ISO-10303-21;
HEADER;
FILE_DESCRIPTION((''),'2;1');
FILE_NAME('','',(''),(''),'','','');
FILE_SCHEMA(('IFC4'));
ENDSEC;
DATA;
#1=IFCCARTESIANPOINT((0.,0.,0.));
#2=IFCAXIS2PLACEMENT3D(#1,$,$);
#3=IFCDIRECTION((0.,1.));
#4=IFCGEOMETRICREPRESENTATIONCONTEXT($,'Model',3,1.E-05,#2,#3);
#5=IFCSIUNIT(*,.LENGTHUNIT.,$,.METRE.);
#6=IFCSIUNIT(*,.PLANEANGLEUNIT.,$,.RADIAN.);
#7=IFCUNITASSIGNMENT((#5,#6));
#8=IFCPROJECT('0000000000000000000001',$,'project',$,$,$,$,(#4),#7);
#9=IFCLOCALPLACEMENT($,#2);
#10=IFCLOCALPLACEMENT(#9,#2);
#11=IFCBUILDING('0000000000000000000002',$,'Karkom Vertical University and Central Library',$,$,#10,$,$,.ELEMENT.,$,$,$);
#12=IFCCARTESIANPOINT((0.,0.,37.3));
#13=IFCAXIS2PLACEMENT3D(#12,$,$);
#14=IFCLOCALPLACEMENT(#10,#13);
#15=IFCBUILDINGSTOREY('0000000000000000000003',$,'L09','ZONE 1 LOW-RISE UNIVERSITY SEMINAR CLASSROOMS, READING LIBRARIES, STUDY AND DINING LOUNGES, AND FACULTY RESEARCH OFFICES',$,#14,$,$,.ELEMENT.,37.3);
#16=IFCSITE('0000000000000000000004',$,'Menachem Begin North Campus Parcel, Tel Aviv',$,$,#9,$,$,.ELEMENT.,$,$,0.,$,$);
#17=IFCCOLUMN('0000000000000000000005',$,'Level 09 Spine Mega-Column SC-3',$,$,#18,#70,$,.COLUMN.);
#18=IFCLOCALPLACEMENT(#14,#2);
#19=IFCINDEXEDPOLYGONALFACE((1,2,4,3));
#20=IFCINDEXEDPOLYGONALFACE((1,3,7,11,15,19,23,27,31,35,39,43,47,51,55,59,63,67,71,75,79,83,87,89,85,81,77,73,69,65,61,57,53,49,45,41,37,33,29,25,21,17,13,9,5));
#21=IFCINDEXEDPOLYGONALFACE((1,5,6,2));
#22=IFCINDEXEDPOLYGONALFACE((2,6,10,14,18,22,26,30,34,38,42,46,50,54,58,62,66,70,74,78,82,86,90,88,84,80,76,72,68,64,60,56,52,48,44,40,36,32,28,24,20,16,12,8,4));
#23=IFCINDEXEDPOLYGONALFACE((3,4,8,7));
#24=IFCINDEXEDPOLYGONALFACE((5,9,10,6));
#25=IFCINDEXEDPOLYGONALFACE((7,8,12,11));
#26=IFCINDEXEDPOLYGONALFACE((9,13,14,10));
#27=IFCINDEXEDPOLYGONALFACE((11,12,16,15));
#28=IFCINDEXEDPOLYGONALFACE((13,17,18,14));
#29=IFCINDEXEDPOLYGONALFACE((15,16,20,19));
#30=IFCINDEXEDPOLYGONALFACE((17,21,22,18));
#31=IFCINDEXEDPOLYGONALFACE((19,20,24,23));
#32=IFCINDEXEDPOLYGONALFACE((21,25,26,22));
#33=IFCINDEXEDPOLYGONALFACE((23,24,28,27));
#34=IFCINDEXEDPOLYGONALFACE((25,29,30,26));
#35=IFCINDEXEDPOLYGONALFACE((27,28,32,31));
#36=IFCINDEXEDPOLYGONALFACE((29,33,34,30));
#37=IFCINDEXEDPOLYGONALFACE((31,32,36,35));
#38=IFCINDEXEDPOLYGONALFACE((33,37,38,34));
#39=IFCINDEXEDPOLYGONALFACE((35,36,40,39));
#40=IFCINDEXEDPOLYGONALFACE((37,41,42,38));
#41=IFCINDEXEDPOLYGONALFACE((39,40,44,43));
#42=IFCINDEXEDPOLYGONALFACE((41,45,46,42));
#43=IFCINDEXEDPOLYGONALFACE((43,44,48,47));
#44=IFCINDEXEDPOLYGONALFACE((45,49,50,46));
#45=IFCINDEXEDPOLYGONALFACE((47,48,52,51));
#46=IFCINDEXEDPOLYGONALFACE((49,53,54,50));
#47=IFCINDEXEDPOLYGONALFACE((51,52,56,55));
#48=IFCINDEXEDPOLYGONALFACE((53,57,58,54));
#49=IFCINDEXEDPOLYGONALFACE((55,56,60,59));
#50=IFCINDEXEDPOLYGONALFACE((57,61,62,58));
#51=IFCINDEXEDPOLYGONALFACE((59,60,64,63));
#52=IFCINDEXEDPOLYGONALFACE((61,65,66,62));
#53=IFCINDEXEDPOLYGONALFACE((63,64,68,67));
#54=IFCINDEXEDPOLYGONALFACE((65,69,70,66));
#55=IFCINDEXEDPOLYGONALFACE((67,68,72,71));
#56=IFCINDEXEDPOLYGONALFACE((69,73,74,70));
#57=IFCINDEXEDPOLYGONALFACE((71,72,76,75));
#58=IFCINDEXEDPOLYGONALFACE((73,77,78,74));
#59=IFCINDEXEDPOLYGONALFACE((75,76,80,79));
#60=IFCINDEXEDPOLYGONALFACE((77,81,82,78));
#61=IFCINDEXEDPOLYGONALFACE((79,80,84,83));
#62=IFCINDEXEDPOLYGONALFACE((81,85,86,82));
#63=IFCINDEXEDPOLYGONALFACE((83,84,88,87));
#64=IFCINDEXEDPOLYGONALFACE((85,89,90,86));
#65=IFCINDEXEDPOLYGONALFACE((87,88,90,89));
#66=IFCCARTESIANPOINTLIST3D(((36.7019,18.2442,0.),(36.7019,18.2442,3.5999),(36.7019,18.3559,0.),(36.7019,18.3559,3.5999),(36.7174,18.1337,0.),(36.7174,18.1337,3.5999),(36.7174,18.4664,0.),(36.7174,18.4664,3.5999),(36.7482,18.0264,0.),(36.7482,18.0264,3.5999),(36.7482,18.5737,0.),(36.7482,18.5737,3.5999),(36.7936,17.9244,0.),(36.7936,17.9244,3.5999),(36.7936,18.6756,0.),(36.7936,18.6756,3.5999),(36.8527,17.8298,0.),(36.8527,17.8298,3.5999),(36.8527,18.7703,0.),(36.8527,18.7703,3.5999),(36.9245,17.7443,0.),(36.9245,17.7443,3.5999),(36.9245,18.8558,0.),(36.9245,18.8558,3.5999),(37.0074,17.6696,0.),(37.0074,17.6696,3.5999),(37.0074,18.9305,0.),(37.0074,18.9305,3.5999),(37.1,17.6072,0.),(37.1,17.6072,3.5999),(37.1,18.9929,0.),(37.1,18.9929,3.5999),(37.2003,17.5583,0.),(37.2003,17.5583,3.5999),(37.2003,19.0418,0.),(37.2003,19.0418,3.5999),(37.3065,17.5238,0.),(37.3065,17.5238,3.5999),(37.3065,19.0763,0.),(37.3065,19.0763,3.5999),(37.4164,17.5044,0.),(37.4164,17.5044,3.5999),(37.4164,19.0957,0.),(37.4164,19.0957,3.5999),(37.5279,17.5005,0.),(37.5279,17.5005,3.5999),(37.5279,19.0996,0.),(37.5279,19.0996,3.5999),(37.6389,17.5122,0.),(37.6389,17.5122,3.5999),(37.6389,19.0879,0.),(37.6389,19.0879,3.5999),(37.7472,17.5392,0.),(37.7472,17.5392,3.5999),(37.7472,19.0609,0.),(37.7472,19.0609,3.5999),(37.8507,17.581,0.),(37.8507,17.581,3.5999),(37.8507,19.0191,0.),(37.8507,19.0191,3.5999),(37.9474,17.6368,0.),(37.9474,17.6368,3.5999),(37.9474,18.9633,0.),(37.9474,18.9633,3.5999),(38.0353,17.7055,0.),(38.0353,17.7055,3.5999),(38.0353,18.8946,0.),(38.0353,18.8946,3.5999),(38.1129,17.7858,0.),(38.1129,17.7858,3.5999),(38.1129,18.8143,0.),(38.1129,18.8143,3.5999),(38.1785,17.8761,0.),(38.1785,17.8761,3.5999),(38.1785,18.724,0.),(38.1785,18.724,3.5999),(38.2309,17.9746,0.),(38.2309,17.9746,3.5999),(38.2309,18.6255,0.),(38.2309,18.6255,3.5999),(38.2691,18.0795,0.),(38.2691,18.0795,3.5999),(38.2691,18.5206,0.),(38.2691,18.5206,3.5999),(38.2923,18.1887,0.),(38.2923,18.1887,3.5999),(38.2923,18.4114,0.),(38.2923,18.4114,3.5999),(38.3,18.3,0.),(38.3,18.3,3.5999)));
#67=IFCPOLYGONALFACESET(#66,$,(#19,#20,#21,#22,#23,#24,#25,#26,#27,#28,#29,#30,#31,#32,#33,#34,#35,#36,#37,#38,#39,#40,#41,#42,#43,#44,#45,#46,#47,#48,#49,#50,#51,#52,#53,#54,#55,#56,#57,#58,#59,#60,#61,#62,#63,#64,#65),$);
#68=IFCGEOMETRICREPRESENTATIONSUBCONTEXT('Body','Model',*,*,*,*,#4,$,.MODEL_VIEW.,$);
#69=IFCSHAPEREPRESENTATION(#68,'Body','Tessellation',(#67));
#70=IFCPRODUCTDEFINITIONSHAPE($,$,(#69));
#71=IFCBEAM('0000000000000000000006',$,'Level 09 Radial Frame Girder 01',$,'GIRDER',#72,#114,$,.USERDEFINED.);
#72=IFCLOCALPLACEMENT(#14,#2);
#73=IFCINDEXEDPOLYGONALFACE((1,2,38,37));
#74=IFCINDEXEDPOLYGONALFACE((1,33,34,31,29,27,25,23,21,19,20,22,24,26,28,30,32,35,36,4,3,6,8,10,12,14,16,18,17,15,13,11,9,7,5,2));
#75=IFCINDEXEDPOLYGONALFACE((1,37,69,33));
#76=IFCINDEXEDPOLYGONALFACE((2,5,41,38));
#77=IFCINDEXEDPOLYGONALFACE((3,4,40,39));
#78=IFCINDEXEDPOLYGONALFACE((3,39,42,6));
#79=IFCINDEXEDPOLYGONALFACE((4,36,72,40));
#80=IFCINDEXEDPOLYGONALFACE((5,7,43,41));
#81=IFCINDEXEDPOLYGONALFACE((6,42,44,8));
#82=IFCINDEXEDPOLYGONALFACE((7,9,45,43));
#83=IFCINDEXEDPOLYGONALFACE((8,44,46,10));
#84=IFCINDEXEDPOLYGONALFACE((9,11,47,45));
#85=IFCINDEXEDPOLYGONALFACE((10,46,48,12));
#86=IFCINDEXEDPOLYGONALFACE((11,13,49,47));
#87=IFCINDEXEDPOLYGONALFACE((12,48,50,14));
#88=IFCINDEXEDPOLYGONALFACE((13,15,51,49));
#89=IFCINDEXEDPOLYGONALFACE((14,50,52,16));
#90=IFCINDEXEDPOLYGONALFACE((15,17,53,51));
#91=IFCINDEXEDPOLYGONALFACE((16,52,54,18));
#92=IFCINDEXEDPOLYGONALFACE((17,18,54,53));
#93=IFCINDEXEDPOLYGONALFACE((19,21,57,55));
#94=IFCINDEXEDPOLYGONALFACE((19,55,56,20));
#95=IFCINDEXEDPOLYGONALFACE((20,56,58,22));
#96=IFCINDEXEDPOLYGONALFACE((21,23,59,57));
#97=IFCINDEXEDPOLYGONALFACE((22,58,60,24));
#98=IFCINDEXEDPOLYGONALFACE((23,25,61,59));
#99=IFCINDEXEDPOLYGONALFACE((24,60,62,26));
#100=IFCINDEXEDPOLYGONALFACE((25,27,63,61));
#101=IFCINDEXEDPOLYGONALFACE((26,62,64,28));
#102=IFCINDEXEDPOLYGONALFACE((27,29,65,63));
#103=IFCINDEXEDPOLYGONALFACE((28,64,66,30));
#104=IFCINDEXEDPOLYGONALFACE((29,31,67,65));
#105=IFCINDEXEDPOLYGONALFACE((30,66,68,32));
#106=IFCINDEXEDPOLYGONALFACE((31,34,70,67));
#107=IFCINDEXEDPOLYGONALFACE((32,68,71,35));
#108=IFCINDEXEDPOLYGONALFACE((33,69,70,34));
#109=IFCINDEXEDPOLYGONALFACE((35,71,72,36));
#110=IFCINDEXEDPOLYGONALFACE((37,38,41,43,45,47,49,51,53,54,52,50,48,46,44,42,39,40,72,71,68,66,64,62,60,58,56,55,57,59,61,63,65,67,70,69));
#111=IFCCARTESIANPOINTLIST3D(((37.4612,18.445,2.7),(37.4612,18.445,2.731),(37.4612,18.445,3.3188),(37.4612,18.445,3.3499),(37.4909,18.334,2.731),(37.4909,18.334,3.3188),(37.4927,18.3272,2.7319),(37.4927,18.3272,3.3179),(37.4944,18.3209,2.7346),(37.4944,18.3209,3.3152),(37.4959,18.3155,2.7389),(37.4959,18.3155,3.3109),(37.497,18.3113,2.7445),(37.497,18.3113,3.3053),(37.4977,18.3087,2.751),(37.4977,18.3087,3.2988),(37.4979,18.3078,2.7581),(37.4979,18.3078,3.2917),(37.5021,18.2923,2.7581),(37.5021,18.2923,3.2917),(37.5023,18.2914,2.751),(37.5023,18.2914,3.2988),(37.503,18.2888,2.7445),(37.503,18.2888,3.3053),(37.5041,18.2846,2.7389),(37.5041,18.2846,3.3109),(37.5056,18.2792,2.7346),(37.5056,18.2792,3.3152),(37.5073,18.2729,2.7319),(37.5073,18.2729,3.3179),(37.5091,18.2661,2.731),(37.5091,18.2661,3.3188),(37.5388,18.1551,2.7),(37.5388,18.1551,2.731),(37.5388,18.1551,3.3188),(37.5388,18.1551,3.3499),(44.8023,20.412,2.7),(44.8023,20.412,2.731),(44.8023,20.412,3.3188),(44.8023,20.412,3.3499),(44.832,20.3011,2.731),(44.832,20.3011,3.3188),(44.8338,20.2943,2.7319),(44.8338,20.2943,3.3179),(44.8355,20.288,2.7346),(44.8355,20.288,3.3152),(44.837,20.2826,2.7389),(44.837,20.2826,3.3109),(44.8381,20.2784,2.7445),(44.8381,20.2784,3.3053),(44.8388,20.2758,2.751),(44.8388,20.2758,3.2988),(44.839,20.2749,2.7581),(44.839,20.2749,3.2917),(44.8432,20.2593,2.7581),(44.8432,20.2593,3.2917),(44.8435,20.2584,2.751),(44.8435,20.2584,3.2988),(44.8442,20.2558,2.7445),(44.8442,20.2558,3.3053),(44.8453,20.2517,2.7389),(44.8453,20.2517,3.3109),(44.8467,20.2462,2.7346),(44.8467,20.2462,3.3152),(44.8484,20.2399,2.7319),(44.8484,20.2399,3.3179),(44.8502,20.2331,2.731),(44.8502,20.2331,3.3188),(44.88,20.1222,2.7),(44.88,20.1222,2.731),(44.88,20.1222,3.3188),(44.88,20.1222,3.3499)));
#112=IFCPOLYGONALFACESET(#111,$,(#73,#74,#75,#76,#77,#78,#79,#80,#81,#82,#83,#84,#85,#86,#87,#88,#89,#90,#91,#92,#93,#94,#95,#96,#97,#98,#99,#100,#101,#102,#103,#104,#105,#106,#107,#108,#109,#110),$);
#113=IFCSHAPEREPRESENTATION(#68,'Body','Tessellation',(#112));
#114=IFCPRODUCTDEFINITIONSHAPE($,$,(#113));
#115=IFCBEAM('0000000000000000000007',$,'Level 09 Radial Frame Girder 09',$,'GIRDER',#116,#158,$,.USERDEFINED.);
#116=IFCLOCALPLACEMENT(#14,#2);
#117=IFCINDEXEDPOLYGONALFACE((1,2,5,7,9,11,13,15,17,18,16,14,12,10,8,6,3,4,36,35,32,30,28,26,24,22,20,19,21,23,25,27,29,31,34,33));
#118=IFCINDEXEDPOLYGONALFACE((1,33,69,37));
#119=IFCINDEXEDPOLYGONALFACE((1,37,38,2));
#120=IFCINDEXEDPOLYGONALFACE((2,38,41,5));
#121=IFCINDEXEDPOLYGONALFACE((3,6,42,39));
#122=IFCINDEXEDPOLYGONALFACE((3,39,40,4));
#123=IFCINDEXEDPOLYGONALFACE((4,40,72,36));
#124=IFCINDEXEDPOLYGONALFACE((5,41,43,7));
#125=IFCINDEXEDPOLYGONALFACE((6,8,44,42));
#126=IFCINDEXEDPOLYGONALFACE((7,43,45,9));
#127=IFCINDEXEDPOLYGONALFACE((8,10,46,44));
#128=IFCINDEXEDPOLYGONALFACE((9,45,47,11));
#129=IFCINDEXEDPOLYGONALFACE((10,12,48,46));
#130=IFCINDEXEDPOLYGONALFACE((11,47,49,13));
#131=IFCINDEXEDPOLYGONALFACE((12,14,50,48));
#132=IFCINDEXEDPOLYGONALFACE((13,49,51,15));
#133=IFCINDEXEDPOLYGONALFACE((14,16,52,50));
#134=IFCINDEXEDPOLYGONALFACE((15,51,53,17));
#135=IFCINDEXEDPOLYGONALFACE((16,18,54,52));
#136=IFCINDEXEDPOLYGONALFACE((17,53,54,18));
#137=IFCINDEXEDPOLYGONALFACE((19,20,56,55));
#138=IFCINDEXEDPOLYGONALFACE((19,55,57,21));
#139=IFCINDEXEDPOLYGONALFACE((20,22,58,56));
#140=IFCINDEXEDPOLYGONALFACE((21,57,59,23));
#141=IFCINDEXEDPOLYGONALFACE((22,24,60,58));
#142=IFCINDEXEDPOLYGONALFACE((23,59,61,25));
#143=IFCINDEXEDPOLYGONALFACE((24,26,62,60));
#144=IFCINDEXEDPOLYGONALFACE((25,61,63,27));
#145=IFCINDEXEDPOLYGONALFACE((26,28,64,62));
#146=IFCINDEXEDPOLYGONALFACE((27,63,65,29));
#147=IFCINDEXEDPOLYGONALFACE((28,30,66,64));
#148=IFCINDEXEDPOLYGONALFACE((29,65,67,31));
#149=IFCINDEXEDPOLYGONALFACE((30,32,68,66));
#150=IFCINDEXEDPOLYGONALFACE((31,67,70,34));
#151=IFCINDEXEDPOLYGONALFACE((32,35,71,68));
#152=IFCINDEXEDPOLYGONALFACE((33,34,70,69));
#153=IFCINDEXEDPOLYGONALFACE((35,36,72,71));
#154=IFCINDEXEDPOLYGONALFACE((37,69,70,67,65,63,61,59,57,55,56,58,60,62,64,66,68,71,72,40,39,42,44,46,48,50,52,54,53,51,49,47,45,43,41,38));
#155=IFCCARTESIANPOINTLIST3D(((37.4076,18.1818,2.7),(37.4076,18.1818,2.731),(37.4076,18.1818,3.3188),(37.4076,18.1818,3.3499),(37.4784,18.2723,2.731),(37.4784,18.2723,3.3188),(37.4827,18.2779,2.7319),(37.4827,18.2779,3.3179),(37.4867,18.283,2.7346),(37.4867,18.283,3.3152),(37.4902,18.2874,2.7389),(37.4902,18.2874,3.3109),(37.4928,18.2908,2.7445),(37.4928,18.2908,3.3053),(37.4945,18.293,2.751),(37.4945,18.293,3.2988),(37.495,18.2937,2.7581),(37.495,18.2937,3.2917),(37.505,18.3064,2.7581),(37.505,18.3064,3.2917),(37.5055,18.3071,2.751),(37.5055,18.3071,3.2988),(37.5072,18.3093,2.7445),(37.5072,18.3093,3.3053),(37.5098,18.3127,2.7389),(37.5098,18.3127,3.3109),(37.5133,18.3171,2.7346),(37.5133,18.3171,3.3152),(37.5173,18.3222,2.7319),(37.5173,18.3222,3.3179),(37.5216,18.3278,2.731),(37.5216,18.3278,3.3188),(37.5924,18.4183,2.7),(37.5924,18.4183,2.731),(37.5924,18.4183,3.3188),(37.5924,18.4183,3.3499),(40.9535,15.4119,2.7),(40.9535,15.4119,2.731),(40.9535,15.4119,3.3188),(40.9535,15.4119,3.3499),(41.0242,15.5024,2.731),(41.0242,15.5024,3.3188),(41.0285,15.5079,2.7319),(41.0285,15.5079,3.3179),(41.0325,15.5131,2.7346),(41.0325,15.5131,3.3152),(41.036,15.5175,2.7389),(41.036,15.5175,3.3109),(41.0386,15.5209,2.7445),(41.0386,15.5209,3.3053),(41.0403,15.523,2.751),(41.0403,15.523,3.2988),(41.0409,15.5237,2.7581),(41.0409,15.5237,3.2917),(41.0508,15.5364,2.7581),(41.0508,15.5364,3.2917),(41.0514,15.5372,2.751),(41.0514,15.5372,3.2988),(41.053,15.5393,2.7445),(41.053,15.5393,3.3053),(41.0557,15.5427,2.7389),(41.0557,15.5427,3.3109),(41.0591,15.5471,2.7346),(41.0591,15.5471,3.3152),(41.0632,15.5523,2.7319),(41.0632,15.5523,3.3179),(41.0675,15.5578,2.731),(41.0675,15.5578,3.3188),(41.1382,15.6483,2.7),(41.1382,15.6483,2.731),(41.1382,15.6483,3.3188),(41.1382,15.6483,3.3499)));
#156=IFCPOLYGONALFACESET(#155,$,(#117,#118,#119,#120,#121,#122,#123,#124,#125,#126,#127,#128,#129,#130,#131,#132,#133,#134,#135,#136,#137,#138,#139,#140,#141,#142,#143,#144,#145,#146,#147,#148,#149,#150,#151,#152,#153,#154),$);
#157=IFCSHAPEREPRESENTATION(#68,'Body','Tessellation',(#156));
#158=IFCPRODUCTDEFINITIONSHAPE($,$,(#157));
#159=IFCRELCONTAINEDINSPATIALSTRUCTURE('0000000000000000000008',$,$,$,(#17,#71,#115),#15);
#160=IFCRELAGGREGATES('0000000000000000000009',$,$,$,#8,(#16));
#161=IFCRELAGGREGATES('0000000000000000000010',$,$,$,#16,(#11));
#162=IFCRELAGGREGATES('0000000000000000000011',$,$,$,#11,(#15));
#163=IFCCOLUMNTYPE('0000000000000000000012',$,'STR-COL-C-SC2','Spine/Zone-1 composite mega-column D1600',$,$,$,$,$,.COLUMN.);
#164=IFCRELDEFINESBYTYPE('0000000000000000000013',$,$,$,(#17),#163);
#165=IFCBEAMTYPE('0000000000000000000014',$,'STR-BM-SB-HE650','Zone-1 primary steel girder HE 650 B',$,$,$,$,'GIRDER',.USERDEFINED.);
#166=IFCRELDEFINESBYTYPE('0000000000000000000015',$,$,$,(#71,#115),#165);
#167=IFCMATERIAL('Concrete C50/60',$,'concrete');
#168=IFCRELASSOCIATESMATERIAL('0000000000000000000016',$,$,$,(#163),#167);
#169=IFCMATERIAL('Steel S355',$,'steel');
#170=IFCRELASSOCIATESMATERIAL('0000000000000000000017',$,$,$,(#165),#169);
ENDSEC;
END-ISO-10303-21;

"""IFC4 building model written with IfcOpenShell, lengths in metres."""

from ifc_helpers import new_model, si_unit, direction, frame, origin, origin_with_axes, origin_2d, place, context, subcontext, project, spatial, circle, i_section, extrude, source, transform, mapped, material, material_profile, profile_set, type_object, element, save


model = new_model("IFC4")

# Units and contexts
model_context = context("Model", 3, precision=1e-05, world=origin(), true_north=direction((0.0, 1.0)))
body_context = subcontext(model_context, "Body", "Model", "MODEL_VIEW")
ifc_project = project(units=[si_unit("LENGTHUNIT", "METRE"), si_unit("PLANEANGLEUNIT", "RADIAN")], contexts=[model_context])

# Site, building, storey
site_placement = place(None, origin())
site = spatial("IfcSite", under=ifc_project, at=site_placement, Name="Menachem Begin North Campus Parcel, Tel Aviv", CompositionType="ELEMENT", RefElevation=0.0)
building_placement = place(site_placement, origin())
building = spatial("IfcBuilding", under=site, at=building_placement, Name="Karkom Vertical University and Central Library", CompositionType="ELEMENT")
storey_placement = place(building_placement, frame((0.0, 0.0, 37.3)))
storey = spatial("IfcBuildingStorey", under=building, at=storey_placement, Name="L09", Description="ZONE 1 LOW-RISE UNIVERSITY SEMINAR CLASSROOMS, READING LIBRARIES, STUDY AND DINING LOUNGES, AND FACULTY RESEARCH OFFICES", CompositionType="ELEMENT", Elevation=37.3)

# Column
ifc_material_1 = material(Name="Concrete C50/60", Category="concrete")
ifc_material_profile_1 = material_profile(ifc_material_1, circle(Radius=0.8, at=origin_2d()), Name="CFT-D1600")
ifc_profile_set_1 = profile_set([ifc_material_profile_1], Name="Concrete C50/60")
column_type = type_object("IfcColumnType", Name="STR-COL-C-SC2", Description="Spine/Zone-1 composite mega-column D1600", PredefinedType="COLUMN", material=ifc_profile_set_1)
shared_shape_1 = source(origin_with_axes(), body_context, "Body", "SweptSolid", [
    extrude(circle(Radius=0.8, at=origin_2d()), origin(), (0.0, 0.0, 1.0), 3.5999),
])
column_placement = place(storey_placement, frame((37.5, 18.3, 0.0), z_axis=(0.0, 0.0, 1.0), x_axis=(1.0, 0.0, 0.0)))
element("IfcColumn", 1, at=column_placement, inside=storey, type_object=column_type, Name="Level 09 Spine Mega-Column SC-3", PredefinedType="COLUMN", context=body_context, shape_type="MappedRepresentation", body=[
    mapped(shared_shape_1, transform((0.0, 0.0, 0.0), scale=1.0)),
])

# Beams
ifc_material_2 = material(Name="Steel S355", Category="steel")
ifc_material_profile_2 = material_profile(ifc_material_2, i_section(OverallWidth=0.3, OverallDepth=0.6499, WebThickness=0.0161, FlangeThickness=0.031, FilletRadius=0.0271, at=origin_2d()), Name="HE 650 B")
ifc_profile_set_2 = profile_set([ifc_material_profile_2], Name="Steel S355")
beam_type_1 = type_object("IfcBeamType", Name="STR-BM-SB-HE650", Description="Zone-1 primary steel girder HE 650 B", ElementType="GIRDER", PredefinedType="USERDEFINED", material=ifc_profile_set_2)
shared_shape_2 = source(origin_with_axes(), body_context, "Body", "SweptSolid", [
    extrude(i_section(OverallWidth=0.3, OverallDepth=0.6499, WebThickness=0.0161, FlangeThickness=0.031, FilletRadius=0.0271, at=origin_2d()), origin(), (0.0, 0.0, 1.0), 7.6001),
])
beam_1_placement = place(storey_placement, frame((37.5, 18.3, 3.0249), z_axis=(0.965926, 0.25882, 0.0), x_axis=(-0.25882, 0.965926, 0.0)))
element("IfcBeam", 2, at=beam_1_placement, inside=storey, type_object=beam_type_1, Name="Level 09 Radial Frame Girder 01", ObjectType="GIRDER", PredefinedType="USERDEFINED", context=body_context, shape_type="MappedRepresentation", body=[
    mapped(shared_shape_2, transform((0.0, 0.0, 0.0), scale=1.0)),
])
shared_shape_3 = source(origin_with_axes(), body_context, "Body", "SweptSolid", [
    extrude(i_section(OverallWidth=0.3, OverallDepth=0.6499, WebThickness=0.0161, FlangeThickness=0.031, FilletRadius=0.0271, at=origin_2d()), origin(), (0.0, 0.0, 1.0), 4.4995),
])
beam_2_placement = place(storey_placement, frame((37.5, 18.3, 3.0249), z_axis=(0.788047, -0.615615, 0.0), x_axis=(0.615615, 0.788047, 0.0)))
element("IfcBeam", 3, at=beam_2_placement, inside=storey, type_object=beam_type_1, Name="Level 09 Radial Frame Girder 09", ObjectType="GIRDER", PredefinedType="USERDEFINED", context=body_context, shape_type="MappedRepresentation", body=[
    mapped(shared_shape_3, transform((0.0, 0.0, 0.0), scale=1.0)),
])

save(model, "model.ifc")
